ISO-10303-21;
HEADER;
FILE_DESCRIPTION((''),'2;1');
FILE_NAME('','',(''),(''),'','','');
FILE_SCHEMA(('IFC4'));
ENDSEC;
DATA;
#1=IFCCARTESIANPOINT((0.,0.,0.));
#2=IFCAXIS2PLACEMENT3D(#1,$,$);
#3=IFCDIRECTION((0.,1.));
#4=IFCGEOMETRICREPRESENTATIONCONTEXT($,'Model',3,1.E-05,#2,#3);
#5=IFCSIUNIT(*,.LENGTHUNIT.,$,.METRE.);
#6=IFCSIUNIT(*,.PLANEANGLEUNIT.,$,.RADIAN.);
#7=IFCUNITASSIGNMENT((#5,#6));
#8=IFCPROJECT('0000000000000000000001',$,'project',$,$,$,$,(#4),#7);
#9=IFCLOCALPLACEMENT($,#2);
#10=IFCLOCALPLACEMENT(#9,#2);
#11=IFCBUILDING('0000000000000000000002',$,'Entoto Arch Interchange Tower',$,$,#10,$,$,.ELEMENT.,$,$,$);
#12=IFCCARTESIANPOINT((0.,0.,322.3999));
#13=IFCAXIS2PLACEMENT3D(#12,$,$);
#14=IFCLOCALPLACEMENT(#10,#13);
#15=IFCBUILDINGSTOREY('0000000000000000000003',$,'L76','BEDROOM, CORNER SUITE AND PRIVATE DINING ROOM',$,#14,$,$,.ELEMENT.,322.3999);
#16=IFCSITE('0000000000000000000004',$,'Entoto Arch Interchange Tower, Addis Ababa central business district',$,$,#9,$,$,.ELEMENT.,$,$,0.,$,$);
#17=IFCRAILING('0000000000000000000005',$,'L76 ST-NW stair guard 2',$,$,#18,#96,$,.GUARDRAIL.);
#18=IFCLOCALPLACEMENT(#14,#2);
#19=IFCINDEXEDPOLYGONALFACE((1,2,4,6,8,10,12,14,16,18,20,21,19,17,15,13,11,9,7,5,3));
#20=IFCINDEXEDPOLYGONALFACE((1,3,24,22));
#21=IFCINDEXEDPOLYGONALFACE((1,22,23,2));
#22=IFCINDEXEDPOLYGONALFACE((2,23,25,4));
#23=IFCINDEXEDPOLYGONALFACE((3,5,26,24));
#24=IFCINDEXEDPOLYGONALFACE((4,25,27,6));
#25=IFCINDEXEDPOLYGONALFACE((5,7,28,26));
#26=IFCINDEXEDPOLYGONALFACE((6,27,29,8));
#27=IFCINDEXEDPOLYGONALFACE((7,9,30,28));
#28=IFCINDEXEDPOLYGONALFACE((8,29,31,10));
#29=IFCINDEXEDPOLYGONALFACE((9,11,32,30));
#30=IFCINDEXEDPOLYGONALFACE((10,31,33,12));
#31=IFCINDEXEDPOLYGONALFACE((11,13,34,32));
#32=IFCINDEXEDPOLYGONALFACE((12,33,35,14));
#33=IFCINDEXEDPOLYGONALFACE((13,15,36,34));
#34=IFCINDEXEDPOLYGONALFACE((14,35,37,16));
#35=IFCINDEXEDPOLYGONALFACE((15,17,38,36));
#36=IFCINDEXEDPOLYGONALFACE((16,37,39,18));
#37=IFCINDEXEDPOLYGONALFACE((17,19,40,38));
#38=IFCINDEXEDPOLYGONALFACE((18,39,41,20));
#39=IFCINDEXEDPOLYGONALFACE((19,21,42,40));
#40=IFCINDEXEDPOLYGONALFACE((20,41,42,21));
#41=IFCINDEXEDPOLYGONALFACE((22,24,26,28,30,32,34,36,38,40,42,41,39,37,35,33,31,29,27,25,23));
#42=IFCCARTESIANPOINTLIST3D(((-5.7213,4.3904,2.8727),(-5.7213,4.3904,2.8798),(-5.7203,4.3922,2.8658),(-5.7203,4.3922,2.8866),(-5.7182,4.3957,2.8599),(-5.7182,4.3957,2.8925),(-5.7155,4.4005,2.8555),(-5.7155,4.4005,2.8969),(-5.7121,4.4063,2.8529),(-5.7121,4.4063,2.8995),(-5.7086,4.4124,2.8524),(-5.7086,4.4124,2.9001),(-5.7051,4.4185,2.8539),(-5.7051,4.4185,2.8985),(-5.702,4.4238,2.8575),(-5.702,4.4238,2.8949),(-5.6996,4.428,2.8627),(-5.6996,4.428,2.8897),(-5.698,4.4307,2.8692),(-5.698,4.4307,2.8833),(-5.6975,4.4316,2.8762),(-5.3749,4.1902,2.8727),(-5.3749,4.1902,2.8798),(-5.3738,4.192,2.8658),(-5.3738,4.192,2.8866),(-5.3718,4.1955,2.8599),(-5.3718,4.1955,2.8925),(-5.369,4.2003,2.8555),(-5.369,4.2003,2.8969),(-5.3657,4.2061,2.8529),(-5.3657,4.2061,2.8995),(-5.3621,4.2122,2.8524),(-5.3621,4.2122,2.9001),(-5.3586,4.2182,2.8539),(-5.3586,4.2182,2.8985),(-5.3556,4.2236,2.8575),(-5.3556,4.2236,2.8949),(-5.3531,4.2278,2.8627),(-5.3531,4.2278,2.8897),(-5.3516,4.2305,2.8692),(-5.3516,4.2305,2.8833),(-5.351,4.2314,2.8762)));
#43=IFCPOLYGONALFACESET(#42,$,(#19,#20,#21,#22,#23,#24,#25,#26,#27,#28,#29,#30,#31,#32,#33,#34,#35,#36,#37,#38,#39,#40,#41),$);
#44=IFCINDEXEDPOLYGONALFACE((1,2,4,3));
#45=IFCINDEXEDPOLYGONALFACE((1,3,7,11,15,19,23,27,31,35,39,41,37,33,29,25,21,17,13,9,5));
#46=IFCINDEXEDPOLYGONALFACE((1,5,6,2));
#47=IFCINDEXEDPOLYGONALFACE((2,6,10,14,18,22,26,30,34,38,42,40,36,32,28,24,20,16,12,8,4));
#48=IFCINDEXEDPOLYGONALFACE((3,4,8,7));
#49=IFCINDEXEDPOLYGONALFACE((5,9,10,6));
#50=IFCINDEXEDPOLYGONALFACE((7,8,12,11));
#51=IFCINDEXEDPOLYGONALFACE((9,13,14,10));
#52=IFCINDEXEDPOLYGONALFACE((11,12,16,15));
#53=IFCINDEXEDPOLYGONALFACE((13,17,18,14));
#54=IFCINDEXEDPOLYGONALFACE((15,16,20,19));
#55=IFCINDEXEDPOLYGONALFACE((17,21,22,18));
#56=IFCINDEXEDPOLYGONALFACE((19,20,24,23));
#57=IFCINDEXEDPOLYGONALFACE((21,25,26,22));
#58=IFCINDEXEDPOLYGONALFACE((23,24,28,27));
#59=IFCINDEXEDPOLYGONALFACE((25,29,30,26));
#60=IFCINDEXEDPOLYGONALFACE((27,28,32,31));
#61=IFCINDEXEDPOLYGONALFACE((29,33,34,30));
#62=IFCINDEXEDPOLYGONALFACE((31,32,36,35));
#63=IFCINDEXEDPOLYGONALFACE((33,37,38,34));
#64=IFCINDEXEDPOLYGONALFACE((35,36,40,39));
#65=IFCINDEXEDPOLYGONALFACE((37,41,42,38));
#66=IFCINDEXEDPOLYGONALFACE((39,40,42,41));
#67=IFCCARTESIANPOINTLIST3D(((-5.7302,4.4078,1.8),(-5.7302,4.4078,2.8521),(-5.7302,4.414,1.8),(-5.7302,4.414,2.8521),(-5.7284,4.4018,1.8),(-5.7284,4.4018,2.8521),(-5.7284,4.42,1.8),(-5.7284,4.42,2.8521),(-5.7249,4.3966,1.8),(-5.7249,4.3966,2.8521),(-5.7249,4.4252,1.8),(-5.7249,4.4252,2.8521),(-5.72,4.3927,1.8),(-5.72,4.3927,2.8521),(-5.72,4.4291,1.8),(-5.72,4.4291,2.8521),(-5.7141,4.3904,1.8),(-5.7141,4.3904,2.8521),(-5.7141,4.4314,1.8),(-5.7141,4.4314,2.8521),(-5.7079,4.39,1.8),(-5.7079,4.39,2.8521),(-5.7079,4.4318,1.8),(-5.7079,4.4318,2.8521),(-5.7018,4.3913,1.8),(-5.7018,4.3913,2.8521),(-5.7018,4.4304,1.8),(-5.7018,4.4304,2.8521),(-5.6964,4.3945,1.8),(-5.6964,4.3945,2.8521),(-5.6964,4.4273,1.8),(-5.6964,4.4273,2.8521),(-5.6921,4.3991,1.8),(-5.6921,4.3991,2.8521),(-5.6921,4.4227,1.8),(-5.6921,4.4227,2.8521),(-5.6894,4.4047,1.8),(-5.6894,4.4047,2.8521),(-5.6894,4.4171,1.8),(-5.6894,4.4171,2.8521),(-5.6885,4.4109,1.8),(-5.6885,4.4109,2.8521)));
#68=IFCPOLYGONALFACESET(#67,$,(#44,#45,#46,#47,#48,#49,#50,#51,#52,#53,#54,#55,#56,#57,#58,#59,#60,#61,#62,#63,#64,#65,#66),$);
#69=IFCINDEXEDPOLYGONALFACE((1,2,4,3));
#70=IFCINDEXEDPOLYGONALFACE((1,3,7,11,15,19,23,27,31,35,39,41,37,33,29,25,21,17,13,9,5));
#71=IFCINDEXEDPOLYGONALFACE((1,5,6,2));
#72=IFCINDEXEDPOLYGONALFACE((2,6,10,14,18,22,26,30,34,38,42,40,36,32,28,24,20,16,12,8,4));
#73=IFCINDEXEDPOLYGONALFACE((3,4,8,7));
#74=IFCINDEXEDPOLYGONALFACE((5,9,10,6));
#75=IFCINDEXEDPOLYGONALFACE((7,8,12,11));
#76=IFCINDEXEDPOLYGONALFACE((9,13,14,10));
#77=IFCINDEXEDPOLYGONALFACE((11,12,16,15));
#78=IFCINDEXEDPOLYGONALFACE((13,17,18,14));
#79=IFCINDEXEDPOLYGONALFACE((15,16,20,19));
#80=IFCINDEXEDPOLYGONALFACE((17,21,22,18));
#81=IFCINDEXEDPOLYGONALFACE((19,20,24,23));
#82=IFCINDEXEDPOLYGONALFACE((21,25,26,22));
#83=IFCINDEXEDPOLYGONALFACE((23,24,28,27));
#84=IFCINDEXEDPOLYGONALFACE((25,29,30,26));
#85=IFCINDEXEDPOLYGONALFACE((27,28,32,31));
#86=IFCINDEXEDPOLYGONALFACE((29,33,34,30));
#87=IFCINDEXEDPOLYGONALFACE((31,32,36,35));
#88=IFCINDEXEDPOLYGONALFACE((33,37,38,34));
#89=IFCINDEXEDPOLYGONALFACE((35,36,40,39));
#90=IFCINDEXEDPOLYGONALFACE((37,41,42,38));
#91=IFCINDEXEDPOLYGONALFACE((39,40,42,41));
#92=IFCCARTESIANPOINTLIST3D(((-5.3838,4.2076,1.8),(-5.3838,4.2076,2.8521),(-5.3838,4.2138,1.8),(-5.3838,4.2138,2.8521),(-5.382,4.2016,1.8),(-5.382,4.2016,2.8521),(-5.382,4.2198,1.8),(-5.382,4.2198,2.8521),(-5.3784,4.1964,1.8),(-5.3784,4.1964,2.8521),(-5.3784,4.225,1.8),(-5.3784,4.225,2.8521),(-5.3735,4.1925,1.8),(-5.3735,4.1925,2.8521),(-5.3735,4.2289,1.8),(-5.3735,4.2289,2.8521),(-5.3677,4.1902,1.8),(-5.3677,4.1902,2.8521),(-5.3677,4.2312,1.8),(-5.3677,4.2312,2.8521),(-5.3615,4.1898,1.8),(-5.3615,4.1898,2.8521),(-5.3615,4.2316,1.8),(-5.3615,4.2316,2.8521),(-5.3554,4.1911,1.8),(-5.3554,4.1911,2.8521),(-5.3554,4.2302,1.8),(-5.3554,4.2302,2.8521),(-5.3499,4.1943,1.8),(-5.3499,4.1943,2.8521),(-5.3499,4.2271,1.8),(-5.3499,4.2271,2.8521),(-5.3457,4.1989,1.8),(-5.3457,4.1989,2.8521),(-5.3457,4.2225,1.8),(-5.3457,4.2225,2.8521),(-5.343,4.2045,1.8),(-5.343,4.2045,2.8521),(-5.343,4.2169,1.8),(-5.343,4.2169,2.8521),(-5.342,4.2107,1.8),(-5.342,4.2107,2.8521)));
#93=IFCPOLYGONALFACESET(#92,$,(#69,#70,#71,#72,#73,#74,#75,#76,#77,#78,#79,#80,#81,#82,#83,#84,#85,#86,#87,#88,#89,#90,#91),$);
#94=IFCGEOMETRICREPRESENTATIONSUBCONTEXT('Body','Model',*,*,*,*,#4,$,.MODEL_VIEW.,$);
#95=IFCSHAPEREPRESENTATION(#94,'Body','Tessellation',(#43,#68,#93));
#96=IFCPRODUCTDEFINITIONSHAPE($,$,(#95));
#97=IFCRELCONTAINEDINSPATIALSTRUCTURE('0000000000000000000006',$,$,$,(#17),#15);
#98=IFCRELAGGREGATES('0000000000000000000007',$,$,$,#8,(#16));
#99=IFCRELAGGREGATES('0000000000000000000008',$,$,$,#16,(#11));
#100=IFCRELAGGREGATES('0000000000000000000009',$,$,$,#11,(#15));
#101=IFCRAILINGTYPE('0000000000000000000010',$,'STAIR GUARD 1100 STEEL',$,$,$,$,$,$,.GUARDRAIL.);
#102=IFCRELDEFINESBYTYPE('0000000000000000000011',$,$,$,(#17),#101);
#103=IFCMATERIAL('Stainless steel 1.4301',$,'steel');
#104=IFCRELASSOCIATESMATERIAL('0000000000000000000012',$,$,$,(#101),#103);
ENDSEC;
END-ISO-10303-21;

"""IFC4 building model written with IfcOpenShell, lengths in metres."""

from ifc_helpers import new_model, si_unit, direction, frame, origin, origin_2d, place, context, subcontext, project, spatial, circle, extrude, material, type_object, element, save


model = new_model("IFC4")

# Units and contexts
model_context = context("Model", 3, precision=1e-05, world=origin(), true_north=direction((0.0, 1.0)))
body_context = subcontext(model_context, "Body", "Model", "MODEL_VIEW")
ifc_project = project(units=[si_unit("LENGTHUNIT", "METRE"), si_unit("PLANEANGLEUNIT", "RADIAN")], contexts=[model_context])

# Site, building, storey
site_placement = place(None, origin())
site = spatial("IfcSite", under=ifc_project, at=site_placement, Name="Entoto Arch Interchange Tower, Addis Ababa central business district", CompositionType="ELEMENT", RefElevation=0.0)
building_placement = place(site_placement, origin())
building = spatial("IfcBuilding", under=site, at=building_placement, Name="Entoto Arch Interchange Tower", CompositionType="ELEMENT")
storey_placement = place(building_placement, frame((0.0, 0.0, 322.3999)))
storey = spatial("IfcBuildingStorey", under=building, at=storey_placement, Name="L76", Description="BEDROOM, CORNER SUITE AND PRIVATE DINING ROOM", CompositionType="ELEMENT", Elevation=322.3999)

# Railing
ifc_material_1 = material(Name="Stainless steel 1.4301", Category="steel")
railing_type = type_object("IfcRailingType", Name="STAIR GUARD 1100 STEEL", PredefinedType="GUARDRAIL", material=ifc_material_1)
railing_1_placement = place(storey_placement, frame((-5.7095, 4.4109, 1.8)))
element("IfcRailing", 1, at=railing_1_placement, inside=storey, type_object=railing_type, Name="L76 ST-NW stair guard 2", PredefinedType="GUARDRAIL", context=body_context, shape_type="SweptSolid", body=[
    extrude(circle(Radius=0.0239, at=origin_2d()), frame((0.0, 0.0, 1.0762), z_axis=(0.86583, -0.500339, 0.0), x_axis=(0.500339, 0.86583, 0.0)), (0.0, 0.0, 1.0), 0.4001),
    extrude(circle(Radius=0.021, at=origin_2d()), origin(), (0.0, 0.0, 1.0), 1.052),
    extrude(circle(Radius=0.021, at=origin_2d()), frame((0.3464, -0.2002, 0.0)), (0.0, 0.0, 1.0), 1.052),
])

save(model, "model.ifc")
